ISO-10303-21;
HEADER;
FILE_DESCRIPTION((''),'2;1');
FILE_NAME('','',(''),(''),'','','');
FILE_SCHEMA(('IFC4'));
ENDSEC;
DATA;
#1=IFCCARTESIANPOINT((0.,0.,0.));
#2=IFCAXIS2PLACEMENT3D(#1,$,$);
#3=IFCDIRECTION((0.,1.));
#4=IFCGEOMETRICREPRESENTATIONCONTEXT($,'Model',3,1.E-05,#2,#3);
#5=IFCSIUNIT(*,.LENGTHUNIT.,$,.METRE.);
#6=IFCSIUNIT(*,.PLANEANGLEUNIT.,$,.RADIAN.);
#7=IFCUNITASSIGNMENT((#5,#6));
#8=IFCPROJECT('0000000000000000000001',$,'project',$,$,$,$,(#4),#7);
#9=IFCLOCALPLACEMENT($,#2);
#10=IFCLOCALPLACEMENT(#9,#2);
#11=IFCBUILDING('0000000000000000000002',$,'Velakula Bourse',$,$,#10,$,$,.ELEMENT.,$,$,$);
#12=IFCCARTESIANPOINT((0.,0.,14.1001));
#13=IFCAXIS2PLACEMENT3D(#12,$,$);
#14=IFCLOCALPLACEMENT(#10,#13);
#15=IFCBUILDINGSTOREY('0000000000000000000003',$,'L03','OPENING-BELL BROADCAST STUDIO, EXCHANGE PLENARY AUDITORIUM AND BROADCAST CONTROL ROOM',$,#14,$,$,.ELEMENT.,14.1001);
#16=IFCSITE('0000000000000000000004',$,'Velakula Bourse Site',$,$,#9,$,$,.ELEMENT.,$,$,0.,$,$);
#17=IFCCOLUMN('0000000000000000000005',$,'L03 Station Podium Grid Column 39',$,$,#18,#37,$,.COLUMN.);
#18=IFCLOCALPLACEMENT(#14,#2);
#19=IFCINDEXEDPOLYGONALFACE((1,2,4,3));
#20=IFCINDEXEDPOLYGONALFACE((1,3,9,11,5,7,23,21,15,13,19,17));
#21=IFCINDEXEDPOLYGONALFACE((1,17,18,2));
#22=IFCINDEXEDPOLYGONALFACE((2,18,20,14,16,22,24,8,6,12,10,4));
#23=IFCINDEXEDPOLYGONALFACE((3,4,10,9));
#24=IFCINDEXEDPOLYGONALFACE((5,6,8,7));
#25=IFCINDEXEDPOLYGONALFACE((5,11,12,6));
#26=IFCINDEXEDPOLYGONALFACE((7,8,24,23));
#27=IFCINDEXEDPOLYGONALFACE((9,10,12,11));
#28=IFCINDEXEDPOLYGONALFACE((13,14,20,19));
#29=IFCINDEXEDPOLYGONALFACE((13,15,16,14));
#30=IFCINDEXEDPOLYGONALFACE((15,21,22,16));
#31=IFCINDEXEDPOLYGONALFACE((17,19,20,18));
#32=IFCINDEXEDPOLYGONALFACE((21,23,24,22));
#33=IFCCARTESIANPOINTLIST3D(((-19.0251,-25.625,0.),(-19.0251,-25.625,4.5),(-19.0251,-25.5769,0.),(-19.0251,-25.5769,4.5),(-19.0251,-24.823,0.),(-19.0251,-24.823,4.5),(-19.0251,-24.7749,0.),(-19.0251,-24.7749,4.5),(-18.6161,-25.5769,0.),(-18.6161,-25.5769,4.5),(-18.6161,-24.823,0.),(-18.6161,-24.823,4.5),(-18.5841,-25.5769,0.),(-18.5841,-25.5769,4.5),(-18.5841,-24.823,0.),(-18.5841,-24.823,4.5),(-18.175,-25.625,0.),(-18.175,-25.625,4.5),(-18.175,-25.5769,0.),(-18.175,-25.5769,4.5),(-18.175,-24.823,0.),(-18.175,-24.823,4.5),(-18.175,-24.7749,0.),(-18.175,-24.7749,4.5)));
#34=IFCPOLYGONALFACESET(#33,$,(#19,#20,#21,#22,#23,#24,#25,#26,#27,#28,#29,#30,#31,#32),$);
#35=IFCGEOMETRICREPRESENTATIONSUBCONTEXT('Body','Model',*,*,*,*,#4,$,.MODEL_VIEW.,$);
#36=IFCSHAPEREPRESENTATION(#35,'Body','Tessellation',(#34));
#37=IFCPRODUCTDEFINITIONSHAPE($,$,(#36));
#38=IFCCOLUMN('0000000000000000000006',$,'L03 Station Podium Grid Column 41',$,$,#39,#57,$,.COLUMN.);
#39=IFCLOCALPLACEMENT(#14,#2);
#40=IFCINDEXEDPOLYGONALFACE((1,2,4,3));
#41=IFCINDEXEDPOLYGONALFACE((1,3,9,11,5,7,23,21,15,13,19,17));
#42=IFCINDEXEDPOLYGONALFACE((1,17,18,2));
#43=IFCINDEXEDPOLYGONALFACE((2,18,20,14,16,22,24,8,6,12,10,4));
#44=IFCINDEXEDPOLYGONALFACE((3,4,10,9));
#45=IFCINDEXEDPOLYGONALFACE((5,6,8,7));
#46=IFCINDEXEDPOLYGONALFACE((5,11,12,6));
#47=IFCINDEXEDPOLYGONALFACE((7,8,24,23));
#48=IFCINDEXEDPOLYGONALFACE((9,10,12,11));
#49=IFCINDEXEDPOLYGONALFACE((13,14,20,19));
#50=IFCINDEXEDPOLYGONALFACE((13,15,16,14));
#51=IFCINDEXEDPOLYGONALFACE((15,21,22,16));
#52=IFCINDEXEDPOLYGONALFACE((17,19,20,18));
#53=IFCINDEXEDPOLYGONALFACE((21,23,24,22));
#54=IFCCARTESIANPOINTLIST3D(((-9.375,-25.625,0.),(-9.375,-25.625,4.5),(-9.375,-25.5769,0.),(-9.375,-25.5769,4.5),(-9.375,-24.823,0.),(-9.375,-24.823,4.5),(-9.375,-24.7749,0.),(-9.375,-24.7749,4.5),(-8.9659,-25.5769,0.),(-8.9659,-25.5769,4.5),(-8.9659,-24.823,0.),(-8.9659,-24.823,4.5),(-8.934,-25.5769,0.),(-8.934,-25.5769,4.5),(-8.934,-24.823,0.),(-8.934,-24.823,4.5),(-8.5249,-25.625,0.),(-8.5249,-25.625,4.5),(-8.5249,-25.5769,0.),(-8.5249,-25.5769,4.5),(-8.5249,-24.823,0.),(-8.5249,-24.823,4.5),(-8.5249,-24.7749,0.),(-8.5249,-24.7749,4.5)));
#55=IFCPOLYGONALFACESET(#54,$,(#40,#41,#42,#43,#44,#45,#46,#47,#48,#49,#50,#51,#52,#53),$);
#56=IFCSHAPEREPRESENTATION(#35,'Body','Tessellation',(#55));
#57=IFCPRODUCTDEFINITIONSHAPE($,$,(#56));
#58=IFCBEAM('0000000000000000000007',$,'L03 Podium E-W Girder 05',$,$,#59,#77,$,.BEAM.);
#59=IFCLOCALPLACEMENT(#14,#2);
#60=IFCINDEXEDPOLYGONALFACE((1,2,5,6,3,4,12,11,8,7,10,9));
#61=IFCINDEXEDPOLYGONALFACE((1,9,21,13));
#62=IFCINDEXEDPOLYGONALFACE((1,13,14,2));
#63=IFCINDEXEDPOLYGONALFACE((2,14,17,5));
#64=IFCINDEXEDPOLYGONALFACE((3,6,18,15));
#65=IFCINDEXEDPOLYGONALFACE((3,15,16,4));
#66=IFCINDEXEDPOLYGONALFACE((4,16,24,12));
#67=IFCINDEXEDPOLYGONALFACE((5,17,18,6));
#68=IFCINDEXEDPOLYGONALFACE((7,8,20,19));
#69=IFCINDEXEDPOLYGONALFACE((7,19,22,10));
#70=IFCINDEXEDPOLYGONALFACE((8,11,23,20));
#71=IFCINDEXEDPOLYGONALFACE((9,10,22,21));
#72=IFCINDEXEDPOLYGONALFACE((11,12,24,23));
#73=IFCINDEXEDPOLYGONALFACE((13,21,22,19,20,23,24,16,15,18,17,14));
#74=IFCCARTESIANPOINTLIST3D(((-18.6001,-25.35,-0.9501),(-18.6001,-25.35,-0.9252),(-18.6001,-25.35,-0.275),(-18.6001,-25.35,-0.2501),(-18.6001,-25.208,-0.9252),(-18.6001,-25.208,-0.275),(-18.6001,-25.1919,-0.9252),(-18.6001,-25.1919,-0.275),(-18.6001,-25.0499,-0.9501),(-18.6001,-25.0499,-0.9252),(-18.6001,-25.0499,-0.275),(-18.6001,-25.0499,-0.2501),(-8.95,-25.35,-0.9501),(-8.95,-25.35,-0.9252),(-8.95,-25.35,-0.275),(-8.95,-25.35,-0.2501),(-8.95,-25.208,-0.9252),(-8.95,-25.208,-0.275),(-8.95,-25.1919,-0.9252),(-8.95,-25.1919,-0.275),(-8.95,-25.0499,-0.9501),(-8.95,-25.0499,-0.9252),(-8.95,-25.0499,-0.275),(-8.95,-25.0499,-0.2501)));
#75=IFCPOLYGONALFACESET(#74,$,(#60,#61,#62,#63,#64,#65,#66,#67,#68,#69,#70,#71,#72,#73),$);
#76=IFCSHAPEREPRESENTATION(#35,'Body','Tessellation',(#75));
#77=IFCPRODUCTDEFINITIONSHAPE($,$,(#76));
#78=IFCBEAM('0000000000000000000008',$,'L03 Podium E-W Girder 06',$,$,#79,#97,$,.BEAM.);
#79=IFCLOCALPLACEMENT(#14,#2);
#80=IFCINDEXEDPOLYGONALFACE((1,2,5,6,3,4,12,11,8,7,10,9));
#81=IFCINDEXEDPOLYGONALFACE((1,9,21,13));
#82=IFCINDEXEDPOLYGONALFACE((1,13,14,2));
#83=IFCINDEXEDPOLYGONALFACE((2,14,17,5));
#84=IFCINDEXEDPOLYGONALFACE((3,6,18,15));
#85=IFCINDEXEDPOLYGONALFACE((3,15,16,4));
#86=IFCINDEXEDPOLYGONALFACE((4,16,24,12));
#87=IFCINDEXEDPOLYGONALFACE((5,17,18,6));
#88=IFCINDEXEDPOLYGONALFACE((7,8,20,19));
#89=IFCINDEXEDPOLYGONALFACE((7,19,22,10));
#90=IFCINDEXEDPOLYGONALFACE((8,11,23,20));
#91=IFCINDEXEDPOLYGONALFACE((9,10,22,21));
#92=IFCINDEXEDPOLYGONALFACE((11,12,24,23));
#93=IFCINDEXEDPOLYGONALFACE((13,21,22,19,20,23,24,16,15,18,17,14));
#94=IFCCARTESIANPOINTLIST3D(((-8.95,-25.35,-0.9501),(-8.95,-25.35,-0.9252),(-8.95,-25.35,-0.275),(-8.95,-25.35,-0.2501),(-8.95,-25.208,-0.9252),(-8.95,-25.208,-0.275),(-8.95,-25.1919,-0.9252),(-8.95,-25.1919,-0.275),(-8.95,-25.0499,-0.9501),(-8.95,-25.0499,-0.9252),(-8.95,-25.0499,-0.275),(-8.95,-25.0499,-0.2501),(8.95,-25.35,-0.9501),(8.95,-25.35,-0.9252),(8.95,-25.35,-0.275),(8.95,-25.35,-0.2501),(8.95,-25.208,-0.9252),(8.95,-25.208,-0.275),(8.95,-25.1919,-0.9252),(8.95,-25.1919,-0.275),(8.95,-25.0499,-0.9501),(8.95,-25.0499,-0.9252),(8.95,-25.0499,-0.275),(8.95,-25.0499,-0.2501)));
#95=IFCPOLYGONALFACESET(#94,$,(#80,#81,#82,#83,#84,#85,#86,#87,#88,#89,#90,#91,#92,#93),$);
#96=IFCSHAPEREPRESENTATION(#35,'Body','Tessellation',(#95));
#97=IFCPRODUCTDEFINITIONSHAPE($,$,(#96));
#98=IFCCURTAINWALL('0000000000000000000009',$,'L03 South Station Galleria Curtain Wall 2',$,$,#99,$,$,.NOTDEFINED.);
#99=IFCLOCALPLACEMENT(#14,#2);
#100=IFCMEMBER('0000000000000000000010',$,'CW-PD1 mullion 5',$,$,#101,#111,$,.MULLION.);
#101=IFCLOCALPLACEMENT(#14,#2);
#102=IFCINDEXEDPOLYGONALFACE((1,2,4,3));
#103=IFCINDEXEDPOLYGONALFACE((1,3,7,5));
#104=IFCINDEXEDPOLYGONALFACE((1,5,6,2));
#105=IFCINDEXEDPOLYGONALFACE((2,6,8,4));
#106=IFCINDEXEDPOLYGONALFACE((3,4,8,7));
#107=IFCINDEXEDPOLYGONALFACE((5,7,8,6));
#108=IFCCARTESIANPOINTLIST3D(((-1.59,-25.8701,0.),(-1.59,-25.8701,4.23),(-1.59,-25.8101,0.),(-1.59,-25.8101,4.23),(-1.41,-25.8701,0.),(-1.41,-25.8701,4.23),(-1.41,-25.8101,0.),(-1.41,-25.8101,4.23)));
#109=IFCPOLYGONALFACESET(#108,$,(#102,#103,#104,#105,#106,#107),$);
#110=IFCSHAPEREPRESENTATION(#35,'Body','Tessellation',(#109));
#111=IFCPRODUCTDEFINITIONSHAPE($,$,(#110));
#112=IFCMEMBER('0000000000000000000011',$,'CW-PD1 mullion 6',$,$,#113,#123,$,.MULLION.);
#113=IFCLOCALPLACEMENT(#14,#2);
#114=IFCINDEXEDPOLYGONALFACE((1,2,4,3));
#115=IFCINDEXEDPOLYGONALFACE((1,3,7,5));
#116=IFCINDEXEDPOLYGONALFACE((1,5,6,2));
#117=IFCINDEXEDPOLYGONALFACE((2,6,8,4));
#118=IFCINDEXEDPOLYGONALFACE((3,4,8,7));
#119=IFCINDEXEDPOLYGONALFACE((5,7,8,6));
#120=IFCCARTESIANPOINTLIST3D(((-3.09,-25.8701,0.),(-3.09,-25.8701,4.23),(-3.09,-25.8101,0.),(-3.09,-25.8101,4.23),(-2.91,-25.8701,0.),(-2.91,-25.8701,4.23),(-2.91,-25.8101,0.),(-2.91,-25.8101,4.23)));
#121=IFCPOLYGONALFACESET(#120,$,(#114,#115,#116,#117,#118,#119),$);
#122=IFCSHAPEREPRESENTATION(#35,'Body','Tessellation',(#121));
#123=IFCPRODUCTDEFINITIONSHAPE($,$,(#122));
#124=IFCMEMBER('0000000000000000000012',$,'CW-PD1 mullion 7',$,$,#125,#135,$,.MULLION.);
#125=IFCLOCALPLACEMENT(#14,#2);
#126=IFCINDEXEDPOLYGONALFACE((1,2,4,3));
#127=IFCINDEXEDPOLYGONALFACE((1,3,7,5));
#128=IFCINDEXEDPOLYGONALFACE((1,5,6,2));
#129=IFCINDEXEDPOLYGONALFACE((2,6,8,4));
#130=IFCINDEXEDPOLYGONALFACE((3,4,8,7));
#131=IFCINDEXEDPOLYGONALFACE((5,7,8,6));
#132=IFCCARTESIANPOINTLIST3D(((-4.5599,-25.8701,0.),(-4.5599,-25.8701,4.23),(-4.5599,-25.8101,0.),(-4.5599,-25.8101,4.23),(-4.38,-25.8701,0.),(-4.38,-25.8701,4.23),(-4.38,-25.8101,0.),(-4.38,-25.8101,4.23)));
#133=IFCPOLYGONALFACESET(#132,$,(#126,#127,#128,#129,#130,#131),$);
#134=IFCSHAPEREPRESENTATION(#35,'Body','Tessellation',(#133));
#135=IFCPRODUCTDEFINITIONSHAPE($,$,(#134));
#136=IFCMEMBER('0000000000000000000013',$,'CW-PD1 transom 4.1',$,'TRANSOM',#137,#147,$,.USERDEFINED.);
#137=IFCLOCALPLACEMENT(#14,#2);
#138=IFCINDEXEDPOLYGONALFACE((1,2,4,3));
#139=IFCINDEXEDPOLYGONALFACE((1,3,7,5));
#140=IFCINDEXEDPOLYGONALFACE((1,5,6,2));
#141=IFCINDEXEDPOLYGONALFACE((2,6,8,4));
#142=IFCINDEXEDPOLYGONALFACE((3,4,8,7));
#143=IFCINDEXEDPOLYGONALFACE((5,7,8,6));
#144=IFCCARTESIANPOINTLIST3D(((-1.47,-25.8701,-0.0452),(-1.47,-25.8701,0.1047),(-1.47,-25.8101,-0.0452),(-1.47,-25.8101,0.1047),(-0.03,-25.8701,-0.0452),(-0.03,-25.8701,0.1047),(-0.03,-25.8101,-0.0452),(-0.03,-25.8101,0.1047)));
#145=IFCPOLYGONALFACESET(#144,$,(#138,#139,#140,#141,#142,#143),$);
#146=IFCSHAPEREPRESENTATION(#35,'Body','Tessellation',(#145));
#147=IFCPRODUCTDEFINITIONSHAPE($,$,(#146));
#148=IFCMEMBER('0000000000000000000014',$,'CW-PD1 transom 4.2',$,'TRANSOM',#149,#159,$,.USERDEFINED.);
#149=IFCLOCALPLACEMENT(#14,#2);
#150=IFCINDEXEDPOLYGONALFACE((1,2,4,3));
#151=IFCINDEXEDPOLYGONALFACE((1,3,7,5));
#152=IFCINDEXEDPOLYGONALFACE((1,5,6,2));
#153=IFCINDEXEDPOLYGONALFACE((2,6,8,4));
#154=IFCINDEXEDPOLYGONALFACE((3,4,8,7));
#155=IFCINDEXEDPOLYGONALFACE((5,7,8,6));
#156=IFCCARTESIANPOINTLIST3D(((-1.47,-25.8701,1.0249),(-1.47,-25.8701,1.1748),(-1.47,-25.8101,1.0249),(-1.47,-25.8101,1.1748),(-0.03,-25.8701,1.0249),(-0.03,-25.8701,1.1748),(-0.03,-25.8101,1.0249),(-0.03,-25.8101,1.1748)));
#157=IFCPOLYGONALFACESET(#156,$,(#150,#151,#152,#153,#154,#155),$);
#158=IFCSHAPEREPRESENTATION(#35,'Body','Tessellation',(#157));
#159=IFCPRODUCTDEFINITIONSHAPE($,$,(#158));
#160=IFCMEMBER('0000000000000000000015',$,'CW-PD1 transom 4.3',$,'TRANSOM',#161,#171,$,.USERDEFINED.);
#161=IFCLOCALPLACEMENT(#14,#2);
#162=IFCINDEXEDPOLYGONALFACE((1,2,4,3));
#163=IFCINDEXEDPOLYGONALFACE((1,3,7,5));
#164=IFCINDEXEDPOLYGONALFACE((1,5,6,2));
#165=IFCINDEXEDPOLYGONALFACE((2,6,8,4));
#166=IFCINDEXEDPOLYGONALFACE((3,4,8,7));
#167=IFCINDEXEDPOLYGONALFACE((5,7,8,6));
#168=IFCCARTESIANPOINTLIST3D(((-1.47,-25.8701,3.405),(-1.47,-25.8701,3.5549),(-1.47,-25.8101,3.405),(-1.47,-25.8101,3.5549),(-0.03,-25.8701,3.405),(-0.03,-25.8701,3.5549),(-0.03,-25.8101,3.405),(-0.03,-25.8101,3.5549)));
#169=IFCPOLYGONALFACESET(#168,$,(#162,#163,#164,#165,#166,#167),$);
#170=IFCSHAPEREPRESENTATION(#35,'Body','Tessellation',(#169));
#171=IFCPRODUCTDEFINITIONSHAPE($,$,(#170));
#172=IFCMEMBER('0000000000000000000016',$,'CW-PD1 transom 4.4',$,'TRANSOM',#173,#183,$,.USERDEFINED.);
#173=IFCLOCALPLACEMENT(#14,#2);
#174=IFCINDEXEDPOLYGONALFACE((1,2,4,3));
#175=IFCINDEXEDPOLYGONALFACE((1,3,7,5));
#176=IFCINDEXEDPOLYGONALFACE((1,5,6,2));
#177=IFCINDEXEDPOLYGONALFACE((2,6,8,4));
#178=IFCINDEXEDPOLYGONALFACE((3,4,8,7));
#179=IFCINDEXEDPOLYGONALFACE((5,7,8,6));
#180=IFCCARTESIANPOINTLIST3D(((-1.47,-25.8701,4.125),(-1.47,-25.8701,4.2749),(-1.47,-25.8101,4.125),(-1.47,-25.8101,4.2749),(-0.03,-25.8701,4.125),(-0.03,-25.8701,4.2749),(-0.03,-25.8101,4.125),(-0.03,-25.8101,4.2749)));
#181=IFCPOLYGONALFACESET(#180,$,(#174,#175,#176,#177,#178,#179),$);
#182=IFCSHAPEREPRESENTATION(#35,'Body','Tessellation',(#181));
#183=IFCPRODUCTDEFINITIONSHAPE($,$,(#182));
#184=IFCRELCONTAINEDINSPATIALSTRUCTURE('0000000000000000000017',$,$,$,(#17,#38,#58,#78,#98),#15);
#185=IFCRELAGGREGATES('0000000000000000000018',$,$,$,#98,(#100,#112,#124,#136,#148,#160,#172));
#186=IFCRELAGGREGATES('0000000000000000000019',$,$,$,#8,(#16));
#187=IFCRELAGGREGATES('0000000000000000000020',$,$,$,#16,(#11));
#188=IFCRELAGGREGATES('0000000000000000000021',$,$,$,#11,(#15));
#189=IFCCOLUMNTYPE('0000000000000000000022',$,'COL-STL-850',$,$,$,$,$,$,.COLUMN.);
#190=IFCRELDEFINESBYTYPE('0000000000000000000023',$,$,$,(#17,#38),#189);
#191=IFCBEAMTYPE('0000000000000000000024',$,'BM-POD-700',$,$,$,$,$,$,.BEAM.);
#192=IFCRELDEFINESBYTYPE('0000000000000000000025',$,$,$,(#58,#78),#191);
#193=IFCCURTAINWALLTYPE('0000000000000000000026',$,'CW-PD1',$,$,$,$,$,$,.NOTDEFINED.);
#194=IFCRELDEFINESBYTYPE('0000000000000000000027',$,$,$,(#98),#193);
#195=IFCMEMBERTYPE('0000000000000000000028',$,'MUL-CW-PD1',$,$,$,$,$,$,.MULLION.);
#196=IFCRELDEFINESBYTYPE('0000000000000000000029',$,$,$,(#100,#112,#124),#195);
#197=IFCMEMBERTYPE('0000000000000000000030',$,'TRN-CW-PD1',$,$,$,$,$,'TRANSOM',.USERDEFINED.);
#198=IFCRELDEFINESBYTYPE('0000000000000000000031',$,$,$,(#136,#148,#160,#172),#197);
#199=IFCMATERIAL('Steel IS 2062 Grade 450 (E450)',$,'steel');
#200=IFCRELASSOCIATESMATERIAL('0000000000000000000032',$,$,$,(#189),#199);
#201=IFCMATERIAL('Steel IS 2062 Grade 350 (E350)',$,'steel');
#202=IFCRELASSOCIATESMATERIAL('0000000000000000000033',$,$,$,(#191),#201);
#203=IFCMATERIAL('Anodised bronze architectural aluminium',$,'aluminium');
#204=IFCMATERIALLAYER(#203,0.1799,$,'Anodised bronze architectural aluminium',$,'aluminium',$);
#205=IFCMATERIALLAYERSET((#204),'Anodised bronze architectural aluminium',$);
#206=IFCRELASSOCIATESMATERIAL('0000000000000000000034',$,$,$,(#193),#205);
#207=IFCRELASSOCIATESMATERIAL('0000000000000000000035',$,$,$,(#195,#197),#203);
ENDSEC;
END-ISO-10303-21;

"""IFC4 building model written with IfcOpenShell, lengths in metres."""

from ifc_helpers import new_model, si_unit, direction, frame, origin, origin_2d, place, context, subcontext, project, spatial, rectangle, i_section, extrude, material, layer, layer_set, material_profile, profile_set, type_object, element, aggregate, save


model = new_model("IFC4")

# Units and contexts
model_context = context("Model", 3, precision=1e-05, world=origin(), true_north=direction((0.0, 1.0)))
body_context = subcontext(model_context, "Body", "Model", "MODEL_VIEW")
ifc_project = project(units=[si_unit("LENGTHUNIT", "METRE"), si_unit("PLANEANGLEUNIT", "RADIAN")], contexts=[model_context])

# Site, building, storey
site_placement = place(None, origin())
site = spatial("IfcSite", under=ifc_project, at=site_placement, Name="Velakula Bourse Site", CompositionType="ELEMENT", RefElevation=0.0)
building_placement = place(site_placement, origin())
building = spatial("IfcBuilding", under=site, at=building_placement, Name="Velakula Bourse", CompositionType="ELEMENT")
storey_placement = place(building_placement, frame((0.0, 0.0, 14.1001)))
storey = spatial("IfcBuildingStorey", under=building, at=storey_placement, Name="L03", Description="OPENING-BELL BROADCAST STUDIO, EXCHANGE PLENARY AUDITORIUM AND BROADCAST CONTROL ROOM", CompositionType="ELEMENT", Elevation=14.1001)

# Columns
ifc_material_1 = material(Name="Steel IS 2062 Grade 450 (E450)", Category="steel")
ifc_material_profile_1 = material_profile(ifc_material_1, i_section(OverallWidth=0.8501, OverallDepth=0.8501, WebThickness=0.032, FlangeThickness=0.0481, at=origin_2d()), Name="Steel IS 2062 Grade 450 (E450)")
ifc_profile_set_1 = profile_set([ifc_material_profile_1], Name="Steel IS 2062 Grade 450 (E450)")
column_type = type_object("IfcColumnType", Name="COL-STL-850", PredefinedType="COLUMN", material=ifc_profile_set_1)
for number, where, z_axis, x_axis, name in (
    (1, (-18.6001, -25.2, 0.0), (0.0, 0.0, 1.0), (1.0, 0.0, 0.0), "L03 Station Podium Grid Column 39"),
    (2, (-8.95, -25.2, 0.0), (0.0, 0.0, 1.0), (1.0, 0.0, 0.0), "L03 Station Podium Grid Column 41"),
):
    element("IfcColumn", number, at=place(storey_placement, frame(where, z_axis=z_axis, x_axis=x_axis)), inside=storey, type_object=column_type, Name=name, PredefinedType="COLUMN", context=body_context, shape_type="SweptSolid", body=[
        extrude(i_section(OverallWidth=0.8501, OverallDepth=0.8501, WebThickness=0.032, FlangeThickness=0.0481, at=origin_2d()), origin(), (0.0, 0.0, 1.0), 4.5),
    ])

# Beams
ifc_material_2 = material(Name="Steel IS 2062 Grade 350 (E350)", Category="steel")
ifc_material_profile_2 = material_profile(ifc_material_2, i_section(OverallWidth=0.3, OverallDepth=0.7, WebThickness=0.0161, FlangeThickness=0.0249, at=origin_2d()), Name="Steel IS 2062 Grade 350 (E350)")
ifc_profile_set_2 = profile_set([ifc_material_profile_2], Name="Steel IS 2062 Grade 350 (E350)")
beam_type = type_object("IfcBeamType", Name="BM-POD-700", PredefinedType="BEAM", material=ifc_profile_set_2)
beam_1_placement = place(storey_placement, frame((-18.6001, -25.2, -0.6001), z_axis=(1.0, 0.0, 0.0), x_axis=(0.0, 1.0, 0.0)))
element("IfcBeam", 3, at=beam_1_placement, inside=storey, type_object=beam_type, Name="L03 Podium E-W Girder 05", PredefinedType="BEAM", context=body_context, shape_type="SweptSolid", body=[
    extrude(i_section(OverallWidth=0.3, OverallDepth=0.7, WebThickness=0.0161, FlangeThickness=0.0249, at=origin_2d()), origin(), (0.0, 0.0, 1.0), 9.6501),
])
beam_2_placement = place(storey_placement, frame((-8.95, -25.2, -0.6001), z_axis=(1.0, 0.0, 0.0), x_axis=(0.0, 1.0, 0.0)))
element("IfcBeam", 4, at=beam_2_placement, inside=storey, type_object=beam_type, Name="L03 Podium E-W Girder 06", PredefinedType="BEAM", context=body_context, shape_type="SweptSolid", body=[
    extrude(i_section(OverallWidth=0.3, OverallDepth=0.7, WebThickness=0.0161, FlangeThickness=0.0249, at=origin_2d()), origin(), (0.0, 0.0, 1.0), 17.8999),
])

# Curtain wall, members
ifc_material_3 = material(Name="Anodised bronze architectural aluminium", Category="aluminium")
ifc_layer_1 = layer(ifc_material_3, 0.1799, Name="Anodised bronze architectural aluminium", Category="aluminium")
ifc_layer_set_1 = layer_set([ifc_layer_1], Name="Anodised bronze architectural aluminium")
curtain_wall_type = type_object("IfcCurtainWallType", Name="CW-PD1", PredefinedType="NOTDEFINED", material=ifc_layer_set_1)
curtain_wall_placement = place(storey_placement, origin())
curtain_wall = element("IfcCurtainWall", 5, at=curtain_wall_placement, inside=storey, type_object=curtain_wall_type, Name="L03 South Station Galleria Curtain Wall 2", PredefinedType="NOTDEFINED")
ifc_material_profile_3 = material_profile(ifc_material_3, rectangle(XDim=0.0601, YDim=0.1799, at=origin_2d()), Name="Anodised bronze architectural aluminium")
ifc_profile_set_3 = profile_set([ifc_material_profile_3], Name="Anodised bronze architectural aluminium")
member_type_1 = type_object("IfcMemberType", Name="MUL-CW-PD1", PredefinedType="MULLION", material=ifc_profile_set_3)
member_1_placement = place(storey_placement, frame((-1.5, -25.8401, 0.0), z_axis=(0.0, 0.0, 1.0), x_axis=(0.0, -1.0, 0.0)))
member_1 = element("IfcMember", 6, at=member_1_placement, type_object=member_type_1, Name="CW-PD1 mullion 5", PredefinedType="MULLION", context=body_context, shape_type="SweptSolid", body=[
    extrude(rectangle(XDim=0.0601, YDim=0.1799, at=origin_2d()), origin(), (0.0, 0.0, 1.0), 4.23),
])
member_2_placement = place(storey_placement, frame((-3.0, -25.8401, 0.0), z_axis=(0.0, 0.0, 1.0), x_axis=(0.0, -1.0, 0.0)))
member_2 = element("IfcMember", 7, at=member_2_placement, type_object=member_type_1, Name="CW-PD1 mullion 6", PredefinedType="MULLION", context=body_context, shape_type="SweptSolid", body=[
    extrude(rectangle(XDim=0.0601, YDim=0.1799, at=origin_2d()), origin(), (0.0, 0.0, 1.0), 4.23),
])
member_3_placement = place(storey_placement, frame((-4.47, -25.8401, 0.0), z_axis=(0.0, 0.0, 1.0), x_axis=(0.0, -1.0, 0.0)))
member_3 = element("IfcMember", 8, at=member_3_placement, type_object=member_type_1, Name="CW-PD1 mullion 7", PredefinedType="MULLION", context=body_context, shape_type="SweptSolid", body=[
    extrude(rectangle(XDim=0.0601, YDim=0.1799, at=origin_2d()), origin(), (0.0, 0.0, 1.0), 4.23),
])
ifc_material_profile_4 = material_profile(ifc_material_3, rectangle(XDim=0.0601, YDim=0.1499, at=origin_2d()), Name="Anodised bronze architectural aluminium")
ifc_profile_set_4 = profile_set([ifc_material_profile_4], Name="Anodised bronze architectural aluminium")
member_type_2 = type_object("IfcMemberType", Name="TRN-CW-PD1", ElementType="TRANSOM", PredefinedType="USERDEFINED", material=ifc_profile_set_4)
member_4_placement = place(storey_placement, frame((-0.03, -25.8401, 0.0298), z_axis=(-1.0, 0.0, 0.0), x_axis=(0.0, -1.0, 0.0)))
member_4 = element("IfcMember", 9, at=member_4_placement, type_object=member_type_2, Name="CW-PD1 transom 4.1", ObjectType="TRANSOM", PredefinedType="USERDEFINED", context=body_context, shape_type="SweptSolid", body=[
    extrude(rectangle(XDim=0.0601, YDim=0.1499, at=origin_2d()), origin(), (0.0, 0.0, 1.0), 1.4399),
])
member_5_placement = place(storey_placement, frame((-0.03, -25.8401, 1.0999), z_axis=(-1.0, 0.0, 0.0), x_axis=(0.0, -1.0, 0.0)))
member_5 = element("IfcMember", 10, at=member_5_placement, type_object=member_type_2, Name="CW-PD1 transom 4.2", ObjectType="TRANSOM", PredefinedType="USERDEFINED", context=body_context, shape_type="SweptSolid", body=[
    extrude(rectangle(XDim=0.0601, YDim=0.1499, at=origin_2d()), origin(), (0.0, 0.0, 1.0), 1.4399),
])
member_6_placement = place(storey_placement, frame((-0.03, -25.8401, 3.48), z_axis=(-1.0, 0.0, 0.0), x_axis=(0.0, -1.0, 0.0)))
member_6 = element("IfcMember", 11, at=member_6_placement, type_object=member_type_2, Name="CW-PD1 transom 4.3", ObjectType="TRANSOM", PredefinedType="USERDEFINED", context=body_context, shape_type="SweptSolid", body=[
    extrude(rectangle(XDim=0.0601, YDim=0.1499, at=origin_2d()), origin(), (0.0, 0.0, 1.0), 1.4399),
])
member_7_placement = place(storey_placement, frame((-0.03, -25.8401, 4.2), z_axis=(-1.0, 0.0, 0.0), x_axis=(0.0, -1.0, 0.0)))
member_7 = element("IfcMember", 12, at=member_7_placement, type_object=member_type_2, Name="CW-PD1 transom 4.4", ObjectType="TRANSOM", PredefinedType="USERDEFINED", context=body_context, shape_type="SweptSolid", body=[
    extrude(rectangle(XDim=0.0601, YDim=0.1499, at=origin_2d()), origin(), (0.0, 0.0, 1.0), 1.4399),
])
aggregate(curtain_wall, [member_1, member_2, member_3, member_4, member_5, member_6, member_7])

save(model, "model.ifc")
